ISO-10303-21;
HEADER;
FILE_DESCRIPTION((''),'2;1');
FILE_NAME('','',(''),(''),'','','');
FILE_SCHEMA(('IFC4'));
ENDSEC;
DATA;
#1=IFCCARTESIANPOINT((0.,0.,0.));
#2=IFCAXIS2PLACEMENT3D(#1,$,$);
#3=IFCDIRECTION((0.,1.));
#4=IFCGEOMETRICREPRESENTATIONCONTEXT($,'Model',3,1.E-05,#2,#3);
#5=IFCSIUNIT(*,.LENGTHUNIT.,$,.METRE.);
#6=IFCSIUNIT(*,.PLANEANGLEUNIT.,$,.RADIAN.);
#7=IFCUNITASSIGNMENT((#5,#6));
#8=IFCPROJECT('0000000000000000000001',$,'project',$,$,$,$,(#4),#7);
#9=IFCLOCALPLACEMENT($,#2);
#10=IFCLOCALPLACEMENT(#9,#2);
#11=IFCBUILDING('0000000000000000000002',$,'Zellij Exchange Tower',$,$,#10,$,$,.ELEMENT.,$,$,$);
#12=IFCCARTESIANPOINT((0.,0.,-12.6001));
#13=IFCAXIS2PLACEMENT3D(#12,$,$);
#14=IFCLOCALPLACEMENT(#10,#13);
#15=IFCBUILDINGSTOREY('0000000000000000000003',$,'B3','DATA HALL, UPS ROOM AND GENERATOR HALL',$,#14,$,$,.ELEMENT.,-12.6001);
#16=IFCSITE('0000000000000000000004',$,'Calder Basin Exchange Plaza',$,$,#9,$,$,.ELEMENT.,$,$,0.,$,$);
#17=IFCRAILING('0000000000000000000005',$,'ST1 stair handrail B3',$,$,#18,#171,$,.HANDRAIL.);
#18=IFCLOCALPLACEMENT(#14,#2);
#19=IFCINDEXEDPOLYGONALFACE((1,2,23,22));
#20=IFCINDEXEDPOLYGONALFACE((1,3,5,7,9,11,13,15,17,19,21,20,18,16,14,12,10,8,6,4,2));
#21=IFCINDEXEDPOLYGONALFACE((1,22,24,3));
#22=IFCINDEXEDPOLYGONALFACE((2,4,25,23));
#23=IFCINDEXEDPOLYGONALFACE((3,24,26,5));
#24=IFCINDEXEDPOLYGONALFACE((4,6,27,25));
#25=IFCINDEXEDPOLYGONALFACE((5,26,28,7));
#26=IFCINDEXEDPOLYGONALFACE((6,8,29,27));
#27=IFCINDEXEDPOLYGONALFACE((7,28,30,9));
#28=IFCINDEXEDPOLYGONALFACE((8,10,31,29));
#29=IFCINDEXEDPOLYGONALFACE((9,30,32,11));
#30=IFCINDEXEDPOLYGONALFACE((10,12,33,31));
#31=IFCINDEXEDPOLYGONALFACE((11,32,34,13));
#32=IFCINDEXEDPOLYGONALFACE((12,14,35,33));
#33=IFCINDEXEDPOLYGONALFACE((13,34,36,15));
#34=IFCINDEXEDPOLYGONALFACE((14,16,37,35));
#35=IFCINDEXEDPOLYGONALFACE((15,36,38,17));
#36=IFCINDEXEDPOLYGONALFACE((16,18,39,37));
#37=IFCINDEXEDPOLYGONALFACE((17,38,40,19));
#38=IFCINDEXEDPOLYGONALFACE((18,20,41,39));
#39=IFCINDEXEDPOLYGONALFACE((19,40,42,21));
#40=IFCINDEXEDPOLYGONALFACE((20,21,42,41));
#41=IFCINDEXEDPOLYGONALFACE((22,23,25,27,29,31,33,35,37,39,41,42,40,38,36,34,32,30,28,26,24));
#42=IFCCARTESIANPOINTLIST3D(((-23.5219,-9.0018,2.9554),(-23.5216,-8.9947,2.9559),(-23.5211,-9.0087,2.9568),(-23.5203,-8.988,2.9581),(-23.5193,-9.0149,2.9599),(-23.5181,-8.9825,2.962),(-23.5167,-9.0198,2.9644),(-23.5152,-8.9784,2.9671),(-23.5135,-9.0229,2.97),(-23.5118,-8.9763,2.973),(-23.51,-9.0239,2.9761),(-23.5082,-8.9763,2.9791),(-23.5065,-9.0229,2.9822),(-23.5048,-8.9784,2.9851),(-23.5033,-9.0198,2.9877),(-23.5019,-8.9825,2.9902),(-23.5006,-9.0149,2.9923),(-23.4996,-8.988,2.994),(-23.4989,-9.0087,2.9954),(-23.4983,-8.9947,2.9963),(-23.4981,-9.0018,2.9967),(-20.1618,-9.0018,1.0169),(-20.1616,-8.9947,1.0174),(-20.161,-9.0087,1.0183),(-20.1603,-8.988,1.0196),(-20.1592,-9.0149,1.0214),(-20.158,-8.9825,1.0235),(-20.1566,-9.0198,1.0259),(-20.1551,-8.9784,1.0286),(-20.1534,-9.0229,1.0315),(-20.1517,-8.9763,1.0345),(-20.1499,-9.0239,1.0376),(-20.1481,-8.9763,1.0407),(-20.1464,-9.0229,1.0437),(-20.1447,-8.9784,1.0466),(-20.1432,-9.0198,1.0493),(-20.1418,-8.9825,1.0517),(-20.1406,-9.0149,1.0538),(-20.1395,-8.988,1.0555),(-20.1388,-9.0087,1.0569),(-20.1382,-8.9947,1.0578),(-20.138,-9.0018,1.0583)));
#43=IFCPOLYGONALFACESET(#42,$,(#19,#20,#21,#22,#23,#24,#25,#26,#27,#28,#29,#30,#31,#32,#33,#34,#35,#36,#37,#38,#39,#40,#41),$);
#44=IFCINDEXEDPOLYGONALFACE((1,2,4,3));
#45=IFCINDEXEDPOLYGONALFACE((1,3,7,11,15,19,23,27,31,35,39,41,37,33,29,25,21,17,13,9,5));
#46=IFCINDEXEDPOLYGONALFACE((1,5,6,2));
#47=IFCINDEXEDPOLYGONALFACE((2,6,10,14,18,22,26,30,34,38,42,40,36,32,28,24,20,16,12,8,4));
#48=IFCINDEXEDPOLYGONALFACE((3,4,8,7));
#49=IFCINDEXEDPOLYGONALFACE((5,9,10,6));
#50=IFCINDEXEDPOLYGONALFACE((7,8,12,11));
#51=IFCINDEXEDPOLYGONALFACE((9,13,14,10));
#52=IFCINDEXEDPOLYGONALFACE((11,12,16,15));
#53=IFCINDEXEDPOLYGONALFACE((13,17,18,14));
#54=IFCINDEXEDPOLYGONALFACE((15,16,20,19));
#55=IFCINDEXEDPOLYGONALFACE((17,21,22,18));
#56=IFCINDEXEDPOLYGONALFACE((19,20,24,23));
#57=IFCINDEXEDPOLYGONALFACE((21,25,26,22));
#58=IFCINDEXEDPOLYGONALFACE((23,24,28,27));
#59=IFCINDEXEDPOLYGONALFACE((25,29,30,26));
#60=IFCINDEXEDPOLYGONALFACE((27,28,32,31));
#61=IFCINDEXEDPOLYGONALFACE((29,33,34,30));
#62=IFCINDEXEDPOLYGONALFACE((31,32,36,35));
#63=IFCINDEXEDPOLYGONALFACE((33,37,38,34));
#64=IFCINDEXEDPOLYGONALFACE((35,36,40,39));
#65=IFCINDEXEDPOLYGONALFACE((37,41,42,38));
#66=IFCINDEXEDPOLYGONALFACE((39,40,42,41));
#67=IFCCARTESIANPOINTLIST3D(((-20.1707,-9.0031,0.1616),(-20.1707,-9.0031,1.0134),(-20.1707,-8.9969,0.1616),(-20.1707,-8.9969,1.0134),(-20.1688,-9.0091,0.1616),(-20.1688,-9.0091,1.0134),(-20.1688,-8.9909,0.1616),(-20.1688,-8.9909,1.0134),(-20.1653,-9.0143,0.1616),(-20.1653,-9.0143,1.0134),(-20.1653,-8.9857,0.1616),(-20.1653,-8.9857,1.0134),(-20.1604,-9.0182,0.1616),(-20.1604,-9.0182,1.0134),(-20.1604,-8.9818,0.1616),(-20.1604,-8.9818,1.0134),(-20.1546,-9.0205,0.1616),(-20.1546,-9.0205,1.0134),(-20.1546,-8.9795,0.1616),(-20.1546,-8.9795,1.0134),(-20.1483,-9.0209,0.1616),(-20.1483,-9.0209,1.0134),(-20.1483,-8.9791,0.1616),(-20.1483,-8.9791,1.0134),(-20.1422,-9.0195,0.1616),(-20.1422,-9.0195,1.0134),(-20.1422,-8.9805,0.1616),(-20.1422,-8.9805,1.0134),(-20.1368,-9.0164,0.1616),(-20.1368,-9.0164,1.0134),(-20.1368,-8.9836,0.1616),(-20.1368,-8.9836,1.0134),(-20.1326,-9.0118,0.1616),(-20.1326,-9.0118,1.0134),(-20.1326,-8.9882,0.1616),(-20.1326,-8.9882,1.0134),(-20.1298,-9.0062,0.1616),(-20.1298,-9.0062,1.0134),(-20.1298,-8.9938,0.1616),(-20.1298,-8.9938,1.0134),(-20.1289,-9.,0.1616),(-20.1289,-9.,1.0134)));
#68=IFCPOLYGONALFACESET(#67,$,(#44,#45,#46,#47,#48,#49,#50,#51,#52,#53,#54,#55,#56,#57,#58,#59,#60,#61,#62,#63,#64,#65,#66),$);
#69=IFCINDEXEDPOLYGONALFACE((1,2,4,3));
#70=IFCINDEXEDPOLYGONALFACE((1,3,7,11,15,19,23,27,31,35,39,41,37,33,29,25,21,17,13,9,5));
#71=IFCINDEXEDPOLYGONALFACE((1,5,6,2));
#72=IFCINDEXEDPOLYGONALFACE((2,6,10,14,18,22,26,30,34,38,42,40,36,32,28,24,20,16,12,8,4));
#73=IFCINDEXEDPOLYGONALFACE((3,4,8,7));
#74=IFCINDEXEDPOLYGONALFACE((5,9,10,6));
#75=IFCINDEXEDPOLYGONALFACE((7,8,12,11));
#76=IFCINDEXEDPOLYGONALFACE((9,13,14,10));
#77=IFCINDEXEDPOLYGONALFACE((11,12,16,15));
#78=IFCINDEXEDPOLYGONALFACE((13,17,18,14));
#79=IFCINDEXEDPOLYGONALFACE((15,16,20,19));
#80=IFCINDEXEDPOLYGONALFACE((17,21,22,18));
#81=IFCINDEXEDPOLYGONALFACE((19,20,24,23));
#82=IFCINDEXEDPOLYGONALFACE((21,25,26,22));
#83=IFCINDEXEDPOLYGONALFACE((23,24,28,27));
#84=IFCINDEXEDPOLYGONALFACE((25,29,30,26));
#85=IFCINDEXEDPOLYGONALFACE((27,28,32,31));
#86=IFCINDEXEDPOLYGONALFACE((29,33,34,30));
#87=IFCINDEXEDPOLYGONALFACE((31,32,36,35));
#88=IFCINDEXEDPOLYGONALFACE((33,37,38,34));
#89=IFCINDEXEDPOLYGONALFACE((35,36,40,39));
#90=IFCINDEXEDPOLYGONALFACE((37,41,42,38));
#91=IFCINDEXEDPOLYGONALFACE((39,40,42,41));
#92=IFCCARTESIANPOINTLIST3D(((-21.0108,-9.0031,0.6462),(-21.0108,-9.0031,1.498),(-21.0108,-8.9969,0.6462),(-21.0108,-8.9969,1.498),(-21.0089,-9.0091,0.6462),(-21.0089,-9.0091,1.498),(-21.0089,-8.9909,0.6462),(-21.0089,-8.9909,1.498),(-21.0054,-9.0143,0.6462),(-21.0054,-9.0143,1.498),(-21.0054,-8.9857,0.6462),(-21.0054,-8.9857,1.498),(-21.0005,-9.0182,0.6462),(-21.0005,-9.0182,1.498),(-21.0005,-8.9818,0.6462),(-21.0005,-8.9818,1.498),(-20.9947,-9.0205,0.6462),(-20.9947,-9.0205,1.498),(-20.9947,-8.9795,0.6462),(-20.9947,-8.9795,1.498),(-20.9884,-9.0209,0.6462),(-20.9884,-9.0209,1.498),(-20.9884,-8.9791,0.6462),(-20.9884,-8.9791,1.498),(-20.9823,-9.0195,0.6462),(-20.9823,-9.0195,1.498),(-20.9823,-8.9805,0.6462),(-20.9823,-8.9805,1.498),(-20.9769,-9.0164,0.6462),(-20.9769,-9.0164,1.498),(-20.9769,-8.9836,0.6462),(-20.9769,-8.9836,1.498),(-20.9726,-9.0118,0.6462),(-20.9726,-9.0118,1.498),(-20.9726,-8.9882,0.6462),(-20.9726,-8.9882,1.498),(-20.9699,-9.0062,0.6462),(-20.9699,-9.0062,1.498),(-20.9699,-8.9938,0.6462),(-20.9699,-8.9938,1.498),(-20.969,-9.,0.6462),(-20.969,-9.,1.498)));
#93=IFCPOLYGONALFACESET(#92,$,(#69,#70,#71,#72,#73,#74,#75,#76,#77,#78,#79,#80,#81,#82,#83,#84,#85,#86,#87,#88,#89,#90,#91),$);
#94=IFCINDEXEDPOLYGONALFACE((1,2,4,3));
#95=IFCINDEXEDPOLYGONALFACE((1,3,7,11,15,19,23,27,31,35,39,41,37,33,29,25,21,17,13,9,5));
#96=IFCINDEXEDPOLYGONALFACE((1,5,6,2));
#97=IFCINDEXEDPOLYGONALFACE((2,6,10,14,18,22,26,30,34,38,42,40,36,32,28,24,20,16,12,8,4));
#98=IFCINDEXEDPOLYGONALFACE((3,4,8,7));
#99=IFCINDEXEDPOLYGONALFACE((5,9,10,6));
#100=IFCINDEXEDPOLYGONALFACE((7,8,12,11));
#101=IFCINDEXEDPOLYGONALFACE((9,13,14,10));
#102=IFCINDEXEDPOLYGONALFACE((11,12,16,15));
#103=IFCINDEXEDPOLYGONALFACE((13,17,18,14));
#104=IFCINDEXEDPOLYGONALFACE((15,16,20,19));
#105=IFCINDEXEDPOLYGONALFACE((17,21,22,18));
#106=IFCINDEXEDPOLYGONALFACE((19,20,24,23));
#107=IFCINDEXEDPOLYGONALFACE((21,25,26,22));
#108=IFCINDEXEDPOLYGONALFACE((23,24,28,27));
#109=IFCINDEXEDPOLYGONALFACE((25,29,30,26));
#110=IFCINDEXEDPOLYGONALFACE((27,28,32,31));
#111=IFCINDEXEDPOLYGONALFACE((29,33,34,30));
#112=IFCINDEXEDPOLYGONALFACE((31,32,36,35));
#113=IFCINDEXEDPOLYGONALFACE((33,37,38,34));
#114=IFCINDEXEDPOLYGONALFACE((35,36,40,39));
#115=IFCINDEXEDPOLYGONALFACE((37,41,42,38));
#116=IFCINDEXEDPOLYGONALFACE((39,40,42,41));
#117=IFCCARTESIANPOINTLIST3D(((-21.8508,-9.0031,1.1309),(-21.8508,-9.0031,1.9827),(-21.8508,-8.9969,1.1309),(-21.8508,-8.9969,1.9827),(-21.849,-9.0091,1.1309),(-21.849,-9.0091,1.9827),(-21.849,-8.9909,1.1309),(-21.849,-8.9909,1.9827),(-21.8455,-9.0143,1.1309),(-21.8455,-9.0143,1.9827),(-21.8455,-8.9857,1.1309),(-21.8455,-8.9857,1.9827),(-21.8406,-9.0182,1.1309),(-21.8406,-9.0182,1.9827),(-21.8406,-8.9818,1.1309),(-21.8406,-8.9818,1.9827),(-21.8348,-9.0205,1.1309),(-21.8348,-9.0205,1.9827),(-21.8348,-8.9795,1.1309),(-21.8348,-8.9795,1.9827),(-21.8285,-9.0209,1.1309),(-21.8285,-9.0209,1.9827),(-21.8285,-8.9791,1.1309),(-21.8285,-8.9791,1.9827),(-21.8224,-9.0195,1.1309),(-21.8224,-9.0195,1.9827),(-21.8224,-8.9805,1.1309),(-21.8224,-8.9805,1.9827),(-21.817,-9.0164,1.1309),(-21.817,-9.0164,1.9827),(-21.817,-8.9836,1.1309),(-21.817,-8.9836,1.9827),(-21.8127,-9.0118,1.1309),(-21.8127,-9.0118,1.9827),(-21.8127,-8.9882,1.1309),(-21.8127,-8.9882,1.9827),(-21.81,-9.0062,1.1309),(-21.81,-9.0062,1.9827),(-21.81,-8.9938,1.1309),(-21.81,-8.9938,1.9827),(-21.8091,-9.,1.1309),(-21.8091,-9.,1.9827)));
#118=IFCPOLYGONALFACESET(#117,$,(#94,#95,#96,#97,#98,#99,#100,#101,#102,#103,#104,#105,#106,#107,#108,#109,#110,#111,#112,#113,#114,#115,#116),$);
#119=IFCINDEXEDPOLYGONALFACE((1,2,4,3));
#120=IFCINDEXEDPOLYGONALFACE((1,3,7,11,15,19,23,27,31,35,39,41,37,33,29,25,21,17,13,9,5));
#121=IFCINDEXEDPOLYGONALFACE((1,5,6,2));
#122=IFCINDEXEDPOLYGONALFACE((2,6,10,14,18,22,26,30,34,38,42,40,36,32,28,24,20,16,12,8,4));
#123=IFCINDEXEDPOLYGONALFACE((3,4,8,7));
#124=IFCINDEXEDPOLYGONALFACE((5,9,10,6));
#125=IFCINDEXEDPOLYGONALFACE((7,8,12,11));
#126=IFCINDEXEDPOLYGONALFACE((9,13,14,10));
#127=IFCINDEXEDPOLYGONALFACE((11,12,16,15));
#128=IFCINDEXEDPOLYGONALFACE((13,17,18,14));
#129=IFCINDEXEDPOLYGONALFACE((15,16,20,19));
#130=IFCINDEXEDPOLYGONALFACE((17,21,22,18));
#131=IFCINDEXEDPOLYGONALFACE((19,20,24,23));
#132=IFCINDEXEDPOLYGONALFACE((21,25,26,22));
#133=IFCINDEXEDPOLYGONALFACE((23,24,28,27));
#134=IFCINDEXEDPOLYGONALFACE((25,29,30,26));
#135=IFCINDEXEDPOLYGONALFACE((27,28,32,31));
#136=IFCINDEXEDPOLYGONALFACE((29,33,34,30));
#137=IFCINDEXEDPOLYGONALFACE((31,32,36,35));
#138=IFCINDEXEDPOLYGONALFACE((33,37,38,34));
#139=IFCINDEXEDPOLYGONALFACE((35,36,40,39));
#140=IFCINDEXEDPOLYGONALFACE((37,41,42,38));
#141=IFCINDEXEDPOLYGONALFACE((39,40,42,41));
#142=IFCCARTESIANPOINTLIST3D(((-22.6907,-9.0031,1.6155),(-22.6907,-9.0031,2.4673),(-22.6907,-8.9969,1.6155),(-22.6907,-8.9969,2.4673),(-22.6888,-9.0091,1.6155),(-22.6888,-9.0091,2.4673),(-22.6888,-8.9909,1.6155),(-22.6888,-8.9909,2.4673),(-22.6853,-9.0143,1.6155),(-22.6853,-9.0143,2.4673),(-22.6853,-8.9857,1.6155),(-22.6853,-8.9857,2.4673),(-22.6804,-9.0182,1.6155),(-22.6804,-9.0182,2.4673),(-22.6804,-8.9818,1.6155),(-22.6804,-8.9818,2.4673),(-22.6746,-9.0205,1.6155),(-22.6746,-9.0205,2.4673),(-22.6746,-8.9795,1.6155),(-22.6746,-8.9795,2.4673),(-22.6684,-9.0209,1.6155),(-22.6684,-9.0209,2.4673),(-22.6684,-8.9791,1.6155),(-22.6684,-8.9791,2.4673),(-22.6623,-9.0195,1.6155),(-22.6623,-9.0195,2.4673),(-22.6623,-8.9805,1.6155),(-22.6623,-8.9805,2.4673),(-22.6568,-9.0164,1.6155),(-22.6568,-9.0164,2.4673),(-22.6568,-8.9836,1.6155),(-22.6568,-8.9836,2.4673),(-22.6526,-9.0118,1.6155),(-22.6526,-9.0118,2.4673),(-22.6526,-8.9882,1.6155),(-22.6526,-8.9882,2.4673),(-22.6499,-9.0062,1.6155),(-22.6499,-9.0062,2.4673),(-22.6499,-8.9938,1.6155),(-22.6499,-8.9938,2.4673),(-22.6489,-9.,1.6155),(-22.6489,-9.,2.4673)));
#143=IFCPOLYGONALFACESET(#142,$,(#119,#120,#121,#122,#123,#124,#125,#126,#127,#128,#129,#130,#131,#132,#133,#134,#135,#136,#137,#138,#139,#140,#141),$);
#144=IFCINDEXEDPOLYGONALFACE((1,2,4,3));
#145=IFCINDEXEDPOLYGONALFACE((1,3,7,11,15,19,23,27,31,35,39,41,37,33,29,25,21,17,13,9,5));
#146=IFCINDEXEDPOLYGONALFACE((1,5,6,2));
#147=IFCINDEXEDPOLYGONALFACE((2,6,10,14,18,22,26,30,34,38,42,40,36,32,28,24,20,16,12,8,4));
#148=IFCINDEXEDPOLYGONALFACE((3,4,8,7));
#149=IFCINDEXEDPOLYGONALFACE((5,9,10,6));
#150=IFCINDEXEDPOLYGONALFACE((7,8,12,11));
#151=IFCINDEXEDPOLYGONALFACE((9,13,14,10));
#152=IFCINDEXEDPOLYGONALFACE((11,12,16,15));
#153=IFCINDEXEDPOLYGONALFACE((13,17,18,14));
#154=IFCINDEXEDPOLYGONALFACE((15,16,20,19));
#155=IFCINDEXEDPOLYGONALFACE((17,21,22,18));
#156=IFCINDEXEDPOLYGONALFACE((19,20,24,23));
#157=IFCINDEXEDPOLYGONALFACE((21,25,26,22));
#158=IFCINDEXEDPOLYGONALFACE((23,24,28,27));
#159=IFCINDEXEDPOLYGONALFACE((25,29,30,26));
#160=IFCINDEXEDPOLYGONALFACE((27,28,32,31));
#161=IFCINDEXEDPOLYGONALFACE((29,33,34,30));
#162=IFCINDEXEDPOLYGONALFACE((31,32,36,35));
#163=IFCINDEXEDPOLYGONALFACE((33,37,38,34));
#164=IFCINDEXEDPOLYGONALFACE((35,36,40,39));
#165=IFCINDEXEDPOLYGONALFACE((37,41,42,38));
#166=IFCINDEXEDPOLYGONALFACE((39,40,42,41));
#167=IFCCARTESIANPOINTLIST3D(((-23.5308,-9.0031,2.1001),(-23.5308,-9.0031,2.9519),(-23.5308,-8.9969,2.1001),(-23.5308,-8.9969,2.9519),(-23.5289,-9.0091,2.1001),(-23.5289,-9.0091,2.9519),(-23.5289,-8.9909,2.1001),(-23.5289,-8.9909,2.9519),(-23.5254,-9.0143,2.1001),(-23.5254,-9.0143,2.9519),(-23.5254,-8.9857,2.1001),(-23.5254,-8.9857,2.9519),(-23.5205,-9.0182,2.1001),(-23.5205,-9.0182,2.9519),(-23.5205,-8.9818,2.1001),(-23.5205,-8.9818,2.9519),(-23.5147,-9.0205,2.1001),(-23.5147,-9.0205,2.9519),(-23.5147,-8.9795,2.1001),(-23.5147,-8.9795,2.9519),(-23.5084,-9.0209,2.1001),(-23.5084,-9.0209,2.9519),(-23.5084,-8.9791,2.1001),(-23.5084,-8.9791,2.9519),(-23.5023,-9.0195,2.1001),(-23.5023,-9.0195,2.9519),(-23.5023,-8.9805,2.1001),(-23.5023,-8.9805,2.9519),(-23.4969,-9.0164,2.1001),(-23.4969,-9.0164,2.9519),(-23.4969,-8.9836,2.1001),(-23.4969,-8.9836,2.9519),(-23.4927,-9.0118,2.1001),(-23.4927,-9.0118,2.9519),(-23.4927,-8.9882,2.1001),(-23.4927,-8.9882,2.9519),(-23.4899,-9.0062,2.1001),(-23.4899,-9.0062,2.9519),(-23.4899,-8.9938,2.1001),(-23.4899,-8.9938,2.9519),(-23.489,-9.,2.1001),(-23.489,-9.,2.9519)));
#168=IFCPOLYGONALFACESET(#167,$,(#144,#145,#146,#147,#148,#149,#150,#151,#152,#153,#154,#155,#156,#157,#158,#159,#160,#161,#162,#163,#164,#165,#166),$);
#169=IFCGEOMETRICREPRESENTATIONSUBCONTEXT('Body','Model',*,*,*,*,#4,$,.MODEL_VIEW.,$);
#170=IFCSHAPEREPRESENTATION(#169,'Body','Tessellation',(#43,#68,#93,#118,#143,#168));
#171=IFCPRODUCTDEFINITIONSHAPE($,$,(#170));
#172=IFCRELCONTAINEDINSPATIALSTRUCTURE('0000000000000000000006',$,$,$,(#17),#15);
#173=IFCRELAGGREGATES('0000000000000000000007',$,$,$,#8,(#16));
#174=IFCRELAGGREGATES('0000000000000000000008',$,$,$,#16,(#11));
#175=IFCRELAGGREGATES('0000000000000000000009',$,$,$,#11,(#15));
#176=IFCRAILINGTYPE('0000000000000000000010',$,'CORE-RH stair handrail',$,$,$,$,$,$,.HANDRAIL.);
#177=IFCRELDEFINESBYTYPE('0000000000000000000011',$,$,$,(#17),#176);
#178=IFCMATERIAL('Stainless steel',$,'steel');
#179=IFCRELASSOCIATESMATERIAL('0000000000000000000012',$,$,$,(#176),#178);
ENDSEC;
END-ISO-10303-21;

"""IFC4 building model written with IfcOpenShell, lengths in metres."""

from ifc_helpers import new_model, si_unit, direction, frame, origin, origin_2d, place, context, subcontext, project, spatial, circle, extrude, material, type_object, element, save


model = new_model("IFC4")

# Units and contexts
model_context = context("Model", 3, precision=1e-05, world=origin(), true_north=direction((0.0, 1.0)))
body_context = subcontext(model_context, "Body", "Model", "MODEL_VIEW")
ifc_project = project(units=[si_unit("LENGTHUNIT", "METRE"), si_unit("PLANEANGLEUNIT", "RADIAN")], contexts=[model_context])

# Site, building, storey
site_placement = place(None, origin())
site = spatial("IfcSite", under=ifc_project, at=site_placement, Name="Calder Basin Exchange Plaza", CompositionType="ELEMENT", RefElevation=0.0)
building_placement = place(site_placement, origin())
building = spatial("IfcBuilding", under=site, at=building_placement, Name="Zellij Exchange Tower", CompositionType="ELEMENT")
storey_placement = place(building_placement, frame((0.0, 0.0, -12.6001)))
storey = spatial("IfcBuildingStorey", under=building, at=storey_placement, Name="B3", Description="DATA HALL, UPS ROOM AND GENERATOR HALL", CompositionType="ELEMENT", Elevation=-12.6001)

# Railing
ifc_material_1 = material(Name="Stainless steel", Category="steel")
railing_type_1 = type_object("IfcRailingType", Name="CORE-RH stair handrail", PredefinedType="HANDRAIL", material=ifc_material_1)
railing_1_placement = place(storey_placement, frame((-20.1499, -9.0, 0.1616)))
element("IfcRailing", 1, at=railing_1_placement, inside=storey, type_object=railing_type_1, Name="ST1 stair handrail B3", PredefinedType="HANDRAIL", context=body_context, shape_type="SweptSolid", body=[
    extrude(circle(Radius=0.0239, at=origin_2d()), frame((0.0, 0.0, 0.876), z_axis=(-0.866191, 0.0, 0.499713), x_axis=(0.0, -1.0, 0.0)), (0.0, 0.0, 1.0), 3.8792),
    extrude(circle(Radius=0.021, at=origin_2d()), origin(), (0.0, 0.0, 1.0), 0.8518),
    extrude(circle(Radius=0.021, at=origin_2d()), frame((-0.8401, 0.0, 0.4846)), (0.0, 0.0, 1.0), 0.8518),
    extrude(circle(Radius=0.021, at=origin_2d()), frame((-1.6802, 0.0, 0.9692)), (0.0, 0.0, 1.0), 0.8518),
    extrude(circle(Radius=0.021, at=origin_2d()), frame((-2.52, 0.0, 1.4539)), (0.0, 0.0, 1.0), 0.8518),
    extrude(circle(Radius=0.021, at=origin_2d()), frame((-3.3601, 0.0, 1.9385)), (0.0, 0.0, 1.0), 0.8518),
])

save(model, "model.ifc")
